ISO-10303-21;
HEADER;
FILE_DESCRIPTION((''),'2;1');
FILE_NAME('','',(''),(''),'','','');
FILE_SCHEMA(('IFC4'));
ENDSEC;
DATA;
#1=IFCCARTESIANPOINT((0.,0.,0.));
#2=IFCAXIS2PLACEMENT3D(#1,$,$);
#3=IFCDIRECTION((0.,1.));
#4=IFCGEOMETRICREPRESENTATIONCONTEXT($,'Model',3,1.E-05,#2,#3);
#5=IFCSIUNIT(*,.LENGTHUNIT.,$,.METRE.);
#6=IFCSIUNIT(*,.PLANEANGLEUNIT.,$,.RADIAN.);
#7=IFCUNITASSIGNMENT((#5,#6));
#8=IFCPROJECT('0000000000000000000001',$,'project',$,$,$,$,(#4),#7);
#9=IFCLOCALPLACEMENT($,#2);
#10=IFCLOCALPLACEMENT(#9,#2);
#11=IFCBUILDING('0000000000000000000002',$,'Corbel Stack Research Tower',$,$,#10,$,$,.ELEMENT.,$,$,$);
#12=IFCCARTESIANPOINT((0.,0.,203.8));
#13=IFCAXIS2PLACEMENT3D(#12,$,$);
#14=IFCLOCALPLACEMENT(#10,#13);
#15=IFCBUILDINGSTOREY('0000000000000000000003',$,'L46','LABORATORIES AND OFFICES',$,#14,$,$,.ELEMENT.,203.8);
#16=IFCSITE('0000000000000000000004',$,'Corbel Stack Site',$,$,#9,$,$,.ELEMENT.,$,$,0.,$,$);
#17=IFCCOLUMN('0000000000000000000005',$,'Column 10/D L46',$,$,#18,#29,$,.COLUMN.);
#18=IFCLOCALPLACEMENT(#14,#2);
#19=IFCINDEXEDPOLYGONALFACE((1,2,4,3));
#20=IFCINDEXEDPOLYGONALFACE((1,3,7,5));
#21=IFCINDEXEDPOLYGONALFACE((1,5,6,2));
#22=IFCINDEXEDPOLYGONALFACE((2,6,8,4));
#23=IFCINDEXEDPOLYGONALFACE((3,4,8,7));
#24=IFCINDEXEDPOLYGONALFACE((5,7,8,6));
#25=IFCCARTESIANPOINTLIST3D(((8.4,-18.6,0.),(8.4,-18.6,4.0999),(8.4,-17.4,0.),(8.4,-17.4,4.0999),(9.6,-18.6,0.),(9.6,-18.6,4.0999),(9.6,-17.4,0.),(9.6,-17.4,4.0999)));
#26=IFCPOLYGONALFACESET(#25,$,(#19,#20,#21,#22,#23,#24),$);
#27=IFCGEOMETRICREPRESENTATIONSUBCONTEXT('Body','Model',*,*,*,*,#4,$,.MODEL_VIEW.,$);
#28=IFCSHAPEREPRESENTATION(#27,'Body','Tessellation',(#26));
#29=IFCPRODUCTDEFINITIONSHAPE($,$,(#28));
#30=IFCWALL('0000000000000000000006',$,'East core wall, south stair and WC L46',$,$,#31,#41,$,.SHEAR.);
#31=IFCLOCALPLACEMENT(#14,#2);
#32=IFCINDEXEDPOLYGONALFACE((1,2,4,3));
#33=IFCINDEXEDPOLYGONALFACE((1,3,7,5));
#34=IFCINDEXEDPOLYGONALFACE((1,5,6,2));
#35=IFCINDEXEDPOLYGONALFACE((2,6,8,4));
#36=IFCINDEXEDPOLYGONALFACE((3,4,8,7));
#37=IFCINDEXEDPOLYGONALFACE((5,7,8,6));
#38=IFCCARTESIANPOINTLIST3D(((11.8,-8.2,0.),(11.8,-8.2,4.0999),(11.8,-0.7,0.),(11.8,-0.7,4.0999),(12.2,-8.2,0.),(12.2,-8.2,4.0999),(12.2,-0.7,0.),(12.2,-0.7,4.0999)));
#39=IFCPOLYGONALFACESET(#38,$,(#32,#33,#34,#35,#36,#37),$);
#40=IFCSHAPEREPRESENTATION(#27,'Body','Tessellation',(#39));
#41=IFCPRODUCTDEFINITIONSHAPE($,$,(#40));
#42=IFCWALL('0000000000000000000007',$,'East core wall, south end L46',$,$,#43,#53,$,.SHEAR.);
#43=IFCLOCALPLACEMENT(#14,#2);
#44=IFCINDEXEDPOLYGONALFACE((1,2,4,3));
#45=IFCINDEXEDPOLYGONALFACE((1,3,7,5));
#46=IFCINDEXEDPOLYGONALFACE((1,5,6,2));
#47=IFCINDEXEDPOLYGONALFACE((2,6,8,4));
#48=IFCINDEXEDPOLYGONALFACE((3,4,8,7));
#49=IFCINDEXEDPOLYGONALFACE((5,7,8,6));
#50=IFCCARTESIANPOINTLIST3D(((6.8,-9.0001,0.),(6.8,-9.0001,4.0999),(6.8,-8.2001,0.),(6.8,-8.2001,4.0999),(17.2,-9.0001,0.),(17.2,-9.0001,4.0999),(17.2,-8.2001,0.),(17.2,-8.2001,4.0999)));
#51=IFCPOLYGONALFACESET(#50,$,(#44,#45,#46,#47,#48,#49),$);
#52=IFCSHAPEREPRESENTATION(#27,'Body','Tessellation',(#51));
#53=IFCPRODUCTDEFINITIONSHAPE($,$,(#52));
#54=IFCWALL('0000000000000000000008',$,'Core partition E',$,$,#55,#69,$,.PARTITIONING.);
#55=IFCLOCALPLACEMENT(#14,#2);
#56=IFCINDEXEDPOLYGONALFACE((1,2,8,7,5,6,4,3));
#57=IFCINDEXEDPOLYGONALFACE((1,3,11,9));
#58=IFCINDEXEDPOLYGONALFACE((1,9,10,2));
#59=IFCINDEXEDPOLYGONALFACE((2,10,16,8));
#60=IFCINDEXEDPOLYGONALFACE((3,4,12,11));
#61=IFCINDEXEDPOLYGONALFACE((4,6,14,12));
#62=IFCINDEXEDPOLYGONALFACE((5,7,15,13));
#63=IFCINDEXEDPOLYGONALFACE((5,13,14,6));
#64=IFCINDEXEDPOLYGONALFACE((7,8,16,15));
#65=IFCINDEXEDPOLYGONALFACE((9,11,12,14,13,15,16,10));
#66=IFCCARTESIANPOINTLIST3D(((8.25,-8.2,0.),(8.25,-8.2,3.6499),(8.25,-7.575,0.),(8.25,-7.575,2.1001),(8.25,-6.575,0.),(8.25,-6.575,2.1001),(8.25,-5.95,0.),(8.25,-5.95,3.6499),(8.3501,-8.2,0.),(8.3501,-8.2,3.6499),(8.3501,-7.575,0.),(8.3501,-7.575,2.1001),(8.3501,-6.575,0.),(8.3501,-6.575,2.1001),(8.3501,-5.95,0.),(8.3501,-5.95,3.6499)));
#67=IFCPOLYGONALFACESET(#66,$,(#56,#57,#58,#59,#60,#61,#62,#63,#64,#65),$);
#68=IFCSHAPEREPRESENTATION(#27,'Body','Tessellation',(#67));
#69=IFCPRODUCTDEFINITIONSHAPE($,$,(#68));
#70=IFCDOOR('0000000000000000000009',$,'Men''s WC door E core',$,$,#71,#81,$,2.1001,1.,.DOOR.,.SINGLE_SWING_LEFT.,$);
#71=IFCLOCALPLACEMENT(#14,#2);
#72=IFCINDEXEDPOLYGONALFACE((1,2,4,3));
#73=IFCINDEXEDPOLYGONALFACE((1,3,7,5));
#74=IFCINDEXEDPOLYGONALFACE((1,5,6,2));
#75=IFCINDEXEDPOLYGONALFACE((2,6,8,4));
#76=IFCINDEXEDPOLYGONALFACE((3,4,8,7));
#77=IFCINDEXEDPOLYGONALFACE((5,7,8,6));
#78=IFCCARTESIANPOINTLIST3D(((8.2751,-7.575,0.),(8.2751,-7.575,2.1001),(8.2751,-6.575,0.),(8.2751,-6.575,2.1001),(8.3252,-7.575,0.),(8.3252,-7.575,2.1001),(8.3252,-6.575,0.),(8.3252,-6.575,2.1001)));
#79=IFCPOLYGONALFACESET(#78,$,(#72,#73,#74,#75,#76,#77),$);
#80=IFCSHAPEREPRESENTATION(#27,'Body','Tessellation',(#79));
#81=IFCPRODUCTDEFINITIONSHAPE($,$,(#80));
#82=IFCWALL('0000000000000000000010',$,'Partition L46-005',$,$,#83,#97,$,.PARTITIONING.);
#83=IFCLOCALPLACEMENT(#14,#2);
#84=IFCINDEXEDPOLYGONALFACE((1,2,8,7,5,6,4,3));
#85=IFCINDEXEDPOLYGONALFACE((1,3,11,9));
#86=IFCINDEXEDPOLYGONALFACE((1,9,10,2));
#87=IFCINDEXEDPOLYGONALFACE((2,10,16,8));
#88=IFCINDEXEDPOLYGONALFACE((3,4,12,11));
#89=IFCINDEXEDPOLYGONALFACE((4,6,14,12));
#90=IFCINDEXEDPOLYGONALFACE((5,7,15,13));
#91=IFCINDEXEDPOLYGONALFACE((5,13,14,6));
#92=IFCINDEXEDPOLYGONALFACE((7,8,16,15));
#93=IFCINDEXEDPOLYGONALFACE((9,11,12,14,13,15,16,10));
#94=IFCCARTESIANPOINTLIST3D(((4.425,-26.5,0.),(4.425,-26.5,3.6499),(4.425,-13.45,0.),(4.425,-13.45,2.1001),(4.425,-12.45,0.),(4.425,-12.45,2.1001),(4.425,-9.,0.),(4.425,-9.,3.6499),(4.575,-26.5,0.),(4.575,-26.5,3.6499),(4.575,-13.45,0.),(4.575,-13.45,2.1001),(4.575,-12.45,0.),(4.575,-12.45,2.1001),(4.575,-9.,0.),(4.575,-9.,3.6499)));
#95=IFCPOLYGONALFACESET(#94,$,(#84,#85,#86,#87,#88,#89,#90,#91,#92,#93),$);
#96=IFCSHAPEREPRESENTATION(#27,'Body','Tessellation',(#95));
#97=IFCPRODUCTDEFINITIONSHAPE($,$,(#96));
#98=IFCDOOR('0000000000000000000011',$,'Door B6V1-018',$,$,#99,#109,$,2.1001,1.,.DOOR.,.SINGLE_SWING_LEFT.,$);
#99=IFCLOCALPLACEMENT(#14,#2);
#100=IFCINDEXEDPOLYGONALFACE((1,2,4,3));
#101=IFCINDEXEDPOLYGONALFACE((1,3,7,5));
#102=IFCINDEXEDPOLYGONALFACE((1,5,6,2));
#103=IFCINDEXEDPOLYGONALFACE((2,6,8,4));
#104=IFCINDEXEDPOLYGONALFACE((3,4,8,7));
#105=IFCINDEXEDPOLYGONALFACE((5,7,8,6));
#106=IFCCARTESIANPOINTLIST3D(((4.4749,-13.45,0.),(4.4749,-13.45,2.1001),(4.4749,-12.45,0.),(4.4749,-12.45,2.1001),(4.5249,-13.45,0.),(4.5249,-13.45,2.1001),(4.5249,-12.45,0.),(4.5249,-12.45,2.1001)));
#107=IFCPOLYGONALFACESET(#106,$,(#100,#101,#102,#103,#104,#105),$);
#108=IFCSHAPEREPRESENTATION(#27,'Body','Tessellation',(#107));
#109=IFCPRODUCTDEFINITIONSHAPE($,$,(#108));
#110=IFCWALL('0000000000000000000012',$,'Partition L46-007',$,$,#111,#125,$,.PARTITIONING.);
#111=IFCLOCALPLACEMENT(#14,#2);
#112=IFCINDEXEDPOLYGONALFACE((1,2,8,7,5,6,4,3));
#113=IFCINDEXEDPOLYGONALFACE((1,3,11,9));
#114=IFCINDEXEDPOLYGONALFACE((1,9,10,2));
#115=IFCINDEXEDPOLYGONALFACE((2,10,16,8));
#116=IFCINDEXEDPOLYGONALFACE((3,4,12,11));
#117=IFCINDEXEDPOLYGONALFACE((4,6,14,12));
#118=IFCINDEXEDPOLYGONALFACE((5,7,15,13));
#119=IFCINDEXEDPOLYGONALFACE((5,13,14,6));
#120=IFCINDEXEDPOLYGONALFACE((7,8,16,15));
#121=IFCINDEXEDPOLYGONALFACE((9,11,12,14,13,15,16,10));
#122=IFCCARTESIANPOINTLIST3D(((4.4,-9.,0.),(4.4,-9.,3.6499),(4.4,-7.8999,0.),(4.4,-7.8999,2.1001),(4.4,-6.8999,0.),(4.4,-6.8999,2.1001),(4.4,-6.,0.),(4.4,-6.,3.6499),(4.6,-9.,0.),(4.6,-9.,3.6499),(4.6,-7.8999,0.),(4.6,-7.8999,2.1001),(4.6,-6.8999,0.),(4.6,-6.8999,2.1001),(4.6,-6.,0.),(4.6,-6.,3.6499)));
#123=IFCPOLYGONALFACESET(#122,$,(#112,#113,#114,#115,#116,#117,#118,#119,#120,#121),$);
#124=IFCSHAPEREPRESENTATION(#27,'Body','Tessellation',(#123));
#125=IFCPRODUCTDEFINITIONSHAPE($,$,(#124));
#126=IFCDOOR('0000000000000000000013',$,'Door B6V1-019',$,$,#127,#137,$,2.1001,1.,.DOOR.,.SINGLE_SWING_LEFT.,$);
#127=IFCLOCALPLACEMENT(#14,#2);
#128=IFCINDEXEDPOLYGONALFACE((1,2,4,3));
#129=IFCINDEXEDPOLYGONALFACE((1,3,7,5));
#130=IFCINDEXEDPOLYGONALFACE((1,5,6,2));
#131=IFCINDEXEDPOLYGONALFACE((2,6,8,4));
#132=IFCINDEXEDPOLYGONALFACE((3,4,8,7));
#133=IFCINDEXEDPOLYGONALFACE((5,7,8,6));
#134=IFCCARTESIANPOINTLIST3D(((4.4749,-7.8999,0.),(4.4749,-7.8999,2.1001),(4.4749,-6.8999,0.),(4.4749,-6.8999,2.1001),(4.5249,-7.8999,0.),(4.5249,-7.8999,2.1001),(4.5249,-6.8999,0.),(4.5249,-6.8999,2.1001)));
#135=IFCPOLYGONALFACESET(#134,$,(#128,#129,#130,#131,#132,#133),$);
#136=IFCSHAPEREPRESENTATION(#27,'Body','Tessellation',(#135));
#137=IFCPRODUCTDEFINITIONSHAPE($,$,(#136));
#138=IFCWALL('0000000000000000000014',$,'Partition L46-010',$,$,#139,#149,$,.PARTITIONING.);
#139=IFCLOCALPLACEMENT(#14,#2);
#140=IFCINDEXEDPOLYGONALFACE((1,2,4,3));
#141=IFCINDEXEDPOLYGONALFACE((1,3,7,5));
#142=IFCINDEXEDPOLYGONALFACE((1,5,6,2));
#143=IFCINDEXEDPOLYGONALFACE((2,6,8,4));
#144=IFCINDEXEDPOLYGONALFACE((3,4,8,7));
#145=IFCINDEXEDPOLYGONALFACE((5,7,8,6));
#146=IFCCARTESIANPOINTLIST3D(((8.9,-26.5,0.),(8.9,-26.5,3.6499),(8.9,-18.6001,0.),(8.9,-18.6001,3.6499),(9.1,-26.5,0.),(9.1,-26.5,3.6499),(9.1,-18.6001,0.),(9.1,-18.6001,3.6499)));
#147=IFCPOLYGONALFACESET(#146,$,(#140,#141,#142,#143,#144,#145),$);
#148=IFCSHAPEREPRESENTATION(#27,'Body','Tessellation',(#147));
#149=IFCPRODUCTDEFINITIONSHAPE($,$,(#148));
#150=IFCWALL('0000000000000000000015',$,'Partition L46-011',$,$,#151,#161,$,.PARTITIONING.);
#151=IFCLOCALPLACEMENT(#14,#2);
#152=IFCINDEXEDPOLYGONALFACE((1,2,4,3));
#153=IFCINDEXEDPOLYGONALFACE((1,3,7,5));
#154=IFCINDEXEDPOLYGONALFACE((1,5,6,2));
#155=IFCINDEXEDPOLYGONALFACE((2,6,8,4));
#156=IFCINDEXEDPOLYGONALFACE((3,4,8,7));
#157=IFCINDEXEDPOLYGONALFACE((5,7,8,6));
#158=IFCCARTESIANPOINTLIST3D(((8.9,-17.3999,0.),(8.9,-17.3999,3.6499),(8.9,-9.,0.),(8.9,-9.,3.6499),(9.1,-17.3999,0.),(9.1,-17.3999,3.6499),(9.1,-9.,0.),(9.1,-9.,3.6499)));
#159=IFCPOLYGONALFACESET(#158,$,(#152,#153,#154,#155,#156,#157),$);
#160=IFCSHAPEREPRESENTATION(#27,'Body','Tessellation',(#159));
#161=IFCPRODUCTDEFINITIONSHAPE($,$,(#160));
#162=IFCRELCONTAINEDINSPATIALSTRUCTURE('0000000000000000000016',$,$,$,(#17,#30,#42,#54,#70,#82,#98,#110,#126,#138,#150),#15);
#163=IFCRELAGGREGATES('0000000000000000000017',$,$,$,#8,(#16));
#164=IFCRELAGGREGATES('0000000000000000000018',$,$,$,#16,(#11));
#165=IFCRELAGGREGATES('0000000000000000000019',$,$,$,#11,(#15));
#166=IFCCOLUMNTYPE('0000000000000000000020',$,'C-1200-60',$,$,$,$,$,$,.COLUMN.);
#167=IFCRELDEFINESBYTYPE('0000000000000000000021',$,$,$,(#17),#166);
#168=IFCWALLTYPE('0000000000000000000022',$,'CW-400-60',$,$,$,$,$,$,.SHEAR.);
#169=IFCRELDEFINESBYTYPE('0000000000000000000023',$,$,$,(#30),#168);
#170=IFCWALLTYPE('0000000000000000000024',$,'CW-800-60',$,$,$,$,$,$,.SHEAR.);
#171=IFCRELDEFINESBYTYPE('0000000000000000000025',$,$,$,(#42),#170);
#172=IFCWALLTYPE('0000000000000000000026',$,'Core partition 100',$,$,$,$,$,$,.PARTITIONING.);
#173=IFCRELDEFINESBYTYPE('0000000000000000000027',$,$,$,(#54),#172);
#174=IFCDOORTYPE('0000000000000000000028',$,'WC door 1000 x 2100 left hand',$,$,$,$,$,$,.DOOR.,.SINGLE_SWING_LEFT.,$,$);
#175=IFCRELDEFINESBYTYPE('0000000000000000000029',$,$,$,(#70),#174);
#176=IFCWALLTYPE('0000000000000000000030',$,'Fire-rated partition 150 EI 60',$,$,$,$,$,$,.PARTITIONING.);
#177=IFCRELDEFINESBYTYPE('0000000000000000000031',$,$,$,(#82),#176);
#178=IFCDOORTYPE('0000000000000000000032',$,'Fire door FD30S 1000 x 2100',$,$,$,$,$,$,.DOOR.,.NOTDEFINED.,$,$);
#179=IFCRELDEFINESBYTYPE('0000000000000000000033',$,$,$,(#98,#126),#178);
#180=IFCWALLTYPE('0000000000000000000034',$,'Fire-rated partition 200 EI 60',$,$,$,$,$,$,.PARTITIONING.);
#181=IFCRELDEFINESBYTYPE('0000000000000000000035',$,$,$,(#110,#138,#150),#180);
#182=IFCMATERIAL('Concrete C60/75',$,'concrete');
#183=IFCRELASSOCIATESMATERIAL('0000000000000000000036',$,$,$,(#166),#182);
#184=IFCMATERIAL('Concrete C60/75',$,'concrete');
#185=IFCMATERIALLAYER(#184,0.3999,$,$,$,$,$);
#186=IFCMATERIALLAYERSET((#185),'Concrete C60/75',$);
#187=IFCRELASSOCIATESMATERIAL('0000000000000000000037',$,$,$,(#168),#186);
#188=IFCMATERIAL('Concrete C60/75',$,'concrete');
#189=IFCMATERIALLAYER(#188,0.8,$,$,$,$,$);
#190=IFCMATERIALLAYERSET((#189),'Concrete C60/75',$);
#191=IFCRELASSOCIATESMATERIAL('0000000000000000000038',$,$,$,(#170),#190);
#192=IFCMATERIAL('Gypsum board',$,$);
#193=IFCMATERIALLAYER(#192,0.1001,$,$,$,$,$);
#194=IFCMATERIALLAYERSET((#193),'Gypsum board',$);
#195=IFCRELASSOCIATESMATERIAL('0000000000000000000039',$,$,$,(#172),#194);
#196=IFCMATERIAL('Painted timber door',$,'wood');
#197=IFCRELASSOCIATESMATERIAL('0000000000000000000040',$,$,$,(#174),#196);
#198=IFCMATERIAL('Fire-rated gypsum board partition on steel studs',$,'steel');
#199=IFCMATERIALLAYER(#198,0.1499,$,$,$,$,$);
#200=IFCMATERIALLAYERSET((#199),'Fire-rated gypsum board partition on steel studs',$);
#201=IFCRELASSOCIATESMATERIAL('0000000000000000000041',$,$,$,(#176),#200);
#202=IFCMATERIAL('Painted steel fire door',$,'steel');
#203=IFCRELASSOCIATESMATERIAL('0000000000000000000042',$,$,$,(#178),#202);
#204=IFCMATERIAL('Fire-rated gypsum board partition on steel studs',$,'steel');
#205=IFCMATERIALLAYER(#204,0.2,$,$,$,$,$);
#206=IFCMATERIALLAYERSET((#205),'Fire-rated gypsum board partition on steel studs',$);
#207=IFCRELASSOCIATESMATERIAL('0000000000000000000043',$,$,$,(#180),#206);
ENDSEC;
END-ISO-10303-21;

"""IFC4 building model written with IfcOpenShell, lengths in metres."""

from ifc_helpers import new_model, si_unit, direction, frame, frame_2d, origin, origin_2d, place, context, subcontext, project, spatial, rectangle, extrude, material, layer, layer_set, material_profile, profile_set, type_object, element, fill, save


model = new_model("IFC4")

# Units and contexts
model_context = context("Model", 3, precision=1e-05, world=origin(), true_north=direction((0.0, 1.0)))
body_context = subcontext(model_context, "Body", "Model", "MODEL_VIEW")
ifc_project = project(units=[si_unit("LENGTHUNIT", "METRE"), si_unit("PLANEANGLEUNIT", "RADIAN")], contexts=[model_context])

# Site, building, storey
site_placement = place(None, origin())
site = spatial("IfcSite", under=ifc_project, at=site_placement, Name="Corbel Stack Site", CompositionType="ELEMENT", RefElevation=0.0)
building_placement = place(site_placement, origin())
building = spatial("IfcBuilding", under=site, at=building_placement, Name="Corbel Stack Research Tower", CompositionType="ELEMENT")
storey_placement = place(building_placement, frame((0.0, 0.0, 203.8)))
storey = spatial("IfcBuildingStorey", under=building, at=storey_placement, Name="L46", Description="LABORATORIES AND OFFICES", CompositionType="ELEMENT", Elevation=203.8)

# Column
ifc_material_1 = material(Name="Concrete C60/75", Category="concrete")
ifc_material_profile = material_profile(ifc_material_1, rectangle(XDim=1.2, YDim=1.2, at=origin_2d()), Name="RC 1200 x 1200")
ifc_profile_set = profile_set([ifc_material_profile], Name="Concrete C60/75")
column_type = type_object("IfcColumnType", Name="C-1200-60", PredefinedType="COLUMN", material=ifc_profile_set)
column_placement = place(storey_placement, frame((9.0, -18.0, 0.0), z_axis=(0.0, 0.0, 1.0), x_axis=(1.0, 0.0, 0.0)))
element("IfcColumn", 1, at=column_placement, inside=storey, type_object=column_type, Name="Column 10/D L46", PredefinedType="COLUMN", context=body_context, shape_type="SweptSolid", body=[
    extrude(rectangle(XDim=1.2, YDim=1.2, at=origin_2d()), origin(), (0.0, 0.0, 1.0), 4.0999),
])

# Wall
ifc_material_2 = material(Name="Concrete C60/75", Category="concrete")
ifc_layer_1 = layer(ifc_material_2, 0.3999)
ifc_layer_set_1 = layer_set([ifc_layer_1], Name="Concrete C60/75")
wall_type_1 = type_object("IfcWallType", Name="CW-400-60", PredefinedType="SHEAR", material=ifc_layer_set_1)
wall_1_placement = place(storey_placement, frame((12.0, -8.2, 0.0), z_axis=(0.0, 0.0, 1.0), x_axis=(0.0, 1.0, 0.0)))
element("IfcWall", 2, at=wall_1_placement, inside=storey, type_object=wall_type_1, Name="East core wall, south stair and WC L46", PredefinedType="SHEAR", context=body_context, shape_type="SweptSolid", body=[
    extrude(rectangle(XDim=7.5, YDim=0.3999, at=frame_2d((3.75, 0.0))), origin(), (0.0, 0.0, 1.0), 4.0999),
])

# Shared definitions
ifc_material_3 = material(Name="Concrete C60/75", Category="concrete")
ifc_layer_2 = layer(ifc_material_3, 0.8)
ifc_layer_set_2 = layer_set([ifc_layer_2], Name="Concrete C60/75")
wall_type_2 = type_object("IfcWallType", Name="CW-800-60", PredefinedType="SHEAR", material=ifc_layer_set_2)

# Wall
wall_2_placement = place(storey_placement, frame((6.8, -8.6001, 0.0), z_axis=(0.0, 0.0, 1.0), x_axis=(1.0, 0.0, 0.0)))
element("IfcWall", 3, at=wall_2_placement, inside=storey, type_object=wall_type_2, Name="East core wall, south end L46", PredefinedType="SHEAR", context=body_context, shape_type="SweptSolid", body=[
    extrude(rectangle(XDim=10.3999, YDim=0.8, at=frame_2d((5.2, 0.0))), origin(), (0.0, 0.0, 1.0), 4.0999),
])

# Walls, openings, doors
ifc_material_4 = material(Name="Gypsum board")
ifc_layer_3 = layer(ifc_material_4, 0.1001)
ifc_layer_set_3 = layer_set([ifc_layer_3], Name="Gypsum board")
wall_type_3 = type_object("IfcWallType", Name="Core partition 100", PredefinedType="PARTITIONING", material=ifc_layer_set_3)
wall_3_placement = place(storey_placement, frame((8.3, -8.2, 0.0), z_axis=(0.0, 0.0, 1.0), x_axis=(0.0, 1.0, 0.0)))
wall_3 = element("IfcWall", 4, at=wall_3_placement, inside=storey, type_object=wall_type_3, Name="Core partition E", PredefinedType="PARTITIONING", context=body_context, shape_type="SweptSolid", body=[
    extrude(rectangle(XDim=2.25, YDim=0.1001, at=frame_2d((1.125, 0.0))), origin(), (0.0, 0.0, 1.0), 3.6499),
])
opening_1_placement = place(wall_3_placement, frame((0.625, 0.0, 0.0)))
opening_1 = element("IfcOpeningElement", 5, at=opening_1_placement, cuts=wall_3, PredefinedType="OPENING", context=body_context, shape_type="SweptSolid", body=[
    extrude(rectangle(XDim=1.0, YDim=2.1001, at=frame_2d((0.5, 1.05))), frame((0.0, 0.0601, 0.0), z_axis=(0.0, -1.0, 0.0), x_axis=(1.0, 0.0, 0.0)), (0.0, 0.0, 1.0), 0.1201),
])
ifc_material_5 = material(Name="Painted timber door", Category="wood")
door_type_1 = type_object("IfcDoorType", Name="WC door 1000 x 2100 left hand", OperationType="SINGLE_SWING_LEFT", PredefinedType="DOOR", material=ifc_material_5)
door_1_placement = place(opening_1_placement, origin())
door_1 = element("IfcDoor", 6, at=door_1_placement, inside=storey, type_object=door_type_1, Name="Men's WC door E core", OperationType="SINGLE_SWING_LEFT", OverallHeight=2.1001, OverallWidth=1.0, PredefinedType="DOOR", context=body_context, shape_type="SweptSolid", body=[
    extrude(rectangle(XDim=1.0, YDim=2.1001, at=frame_2d((0.5, 1.05))), frame((0.0, 0.0249, 0.0), z_axis=(0.0, -1.0, 0.0), x_axis=(1.0, 0.0, 0.0)), (0.0, 0.0, 1.0), 0.05),
])
fill(opening_1, door_1)
ifc_material_6 = material(Name="Fire-rated gypsum board partition on steel studs", Category="steel")
ifc_layer_4 = layer(ifc_material_6, 0.1499)
ifc_layer_set_4 = layer_set([ifc_layer_4], Name="Fire-rated gypsum board partition on steel studs")
wall_type_4 = type_object("IfcWallType", Name="Fire-rated partition 150 EI 60", PredefinedType="PARTITIONING", material=ifc_layer_set_4)
wall_4_placement = place(storey_placement, frame((4.5, -9.0, 0.0), z_axis=(0.0, 0.0, 1.0), x_axis=(0.0, -1.0, 0.0)))
wall_4 = element("IfcWall", 7, at=wall_4_placement, inside=storey, type_object=wall_type_4, Name="Partition L46-005", PredefinedType="PARTITIONING", context=body_context, shape_type="SweptSolid", body=[
    extrude(rectangle(XDim=17.5, YDim=0.1499, at=frame_2d((8.75, 0.0))), origin(), (0.0, 0.0, 1.0), 3.6499),
])
opening_2_placement = place(wall_4_placement, frame((3.45, 0.0, 0.0)))
opening_2 = element("IfcOpeningElement", 8, at=opening_2_placement, cuts=wall_4, PredefinedType="OPENING", context=body_context, shape_type="SweptSolid", body=[
    extrude(rectangle(XDim=1.0, YDim=2.1001, at=frame_2d((0.5, 1.05))), frame((0.0, 0.085, 0.0), z_axis=(0.0, -1.0, 0.0), x_axis=(1.0, 0.0, 0.0)), (0.0, 0.0, 1.0), 0.1699),
])
ifc_material_7 = material(Name="Painted steel fire door", Category="steel")
door_type_2 = type_object("IfcDoorType", Name="Fire door FD30S 1000 x 2100", OperationType="NOTDEFINED", PredefinedType="DOOR", material=ifc_material_7)
door_2_placement = place(opening_2_placement, origin())
door_2 = element("IfcDoor", 9, at=door_2_placement, inside=storey, type_object=door_type_2, Name="Door B6V1-018", OperationType="SINGLE_SWING_LEFT", OverallHeight=2.1001, OverallWidth=1.0, PredefinedType="DOOR", context=body_context, shape_type="SweptSolid", body=[
    extrude(rectangle(XDim=1.0, YDim=2.1001, at=frame_2d((0.5, 1.05))), frame((0.0, 0.0249, 0.0), z_axis=(0.0, -1.0, 0.0), x_axis=(1.0, 0.0, 0.0)), (0.0, 0.0, 1.0), 0.05),
])
fill(opening_2, door_2)
ifc_material_8 = material(Name="Fire-rated gypsum board partition on steel studs", Category="steel")
ifc_layer_5 = layer(ifc_material_8, 0.2)
ifc_layer_set_5 = layer_set([ifc_layer_5], Name="Fire-rated gypsum board partition on steel studs")
wall_type_5 = type_object("IfcWallType", Name="Fire-rated partition 200 EI 60", PredefinedType="PARTITIONING", material=ifc_layer_set_5)
wall_5_placement = place(storey_placement, frame((4.5, -6.0, 0.0), z_axis=(0.0, 0.0, 1.0), x_axis=(0.0, -1.0, 0.0)))
wall_5 = element("IfcWall", 10, at=wall_5_placement, inside=storey, type_object=wall_type_5, Name="Partition L46-007", PredefinedType="PARTITIONING", context=body_context, shape_type="SweptSolid", body=[
    extrude(rectangle(XDim=3.0, YDim=0.2, at=frame_2d((1.5, 0.0))), origin(), (0.0, 0.0, 1.0), 3.6499),
])
opening_3_placement = place(wall_5_placement, frame((0.8999, 0.0, 0.0)))
opening_3 = element("IfcOpeningElement", 11, at=opening_3_placement, cuts=wall_5, PredefinedType="OPENING", context=body_context, shape_type="SweptSolid", body=[
    extrude(rectangle(XDim=1.0, YDim=2.1001, at=frame_2d((0.5, 1.05))), frame((0.0, 0.1099, 0.0), z_axis=(0.0, -1.0, 0.0), x_axis=(1.0, 0.0, 0.0)), (0.0, 0.0, 1.0), 0.22),
])
door_3_placement = place(opening_3_placement, origin())
door_3 = element("IfcDoor", 12, at=door_3_placement, inside=storey, type_object=door_type_2, Name="Door B6V1-019", OperationType="SINGLE_SWING_LEFT", OverallHeight=2.1001, OverallWidth=1.0, PredefinedType="DOOR", context=body_context, shape_type="SweptSolid", body=[
    extrude(rectangle(XDim=1.0, YDim=2.1001, at=frame_2d((0.5, 1.05))), frame((0.0, 0.0249, 0.0), z_axis=(0.0, -1.0, 0.0), x_axis=(1.0, 0.0, 0.0)), (0.0, 0.0, 1.0), 0.05),
])
fill(opening_3, door_3)

# Walls
wall_6_placement = place(storey_placement, frame((9.0, -26.5, 0.0), z_axis=(0.0, 0.0, 1.0), x_axis=(0.0, 1.0, 0.0)))
element("IfcWall", 13, at=wall_6_placement, inside=storey, type_object=wall_type_5, Name="Partition L46-010", PredefinedType="PARTITIONING", context=body_context, shape_type="SweptSolid", body=[
    extrude(rectangle(XDim=7.8999, YDim=0.2, at=frame_2d((3.95, 0.0))), origin(), (0.0, 0.0, 1.0), 3.6499),
])
wall_7_placement = place(storey_placement, frame((9.0, -17.3999, 0.0), z_axis=(0.0, 0.0, 1.0), x_axis=(0.0, 1.0, 0.0)))
element("IfcWall", 14, at=wall_7_placement, inside=storey, type_object=wall_type_5, Name="Partition L46-011", PredefinedType="PARTITIONING", context=body_context, shape_type="SweptSolid", body=[
    extrude(rectangle(XDim=8.3999, YDim=0.2, at=frame_2d((4.2, 0.0))), origin(), (0.0, 0.0, 1.0), 3.6499),
])

save(model, "model.ifc")
